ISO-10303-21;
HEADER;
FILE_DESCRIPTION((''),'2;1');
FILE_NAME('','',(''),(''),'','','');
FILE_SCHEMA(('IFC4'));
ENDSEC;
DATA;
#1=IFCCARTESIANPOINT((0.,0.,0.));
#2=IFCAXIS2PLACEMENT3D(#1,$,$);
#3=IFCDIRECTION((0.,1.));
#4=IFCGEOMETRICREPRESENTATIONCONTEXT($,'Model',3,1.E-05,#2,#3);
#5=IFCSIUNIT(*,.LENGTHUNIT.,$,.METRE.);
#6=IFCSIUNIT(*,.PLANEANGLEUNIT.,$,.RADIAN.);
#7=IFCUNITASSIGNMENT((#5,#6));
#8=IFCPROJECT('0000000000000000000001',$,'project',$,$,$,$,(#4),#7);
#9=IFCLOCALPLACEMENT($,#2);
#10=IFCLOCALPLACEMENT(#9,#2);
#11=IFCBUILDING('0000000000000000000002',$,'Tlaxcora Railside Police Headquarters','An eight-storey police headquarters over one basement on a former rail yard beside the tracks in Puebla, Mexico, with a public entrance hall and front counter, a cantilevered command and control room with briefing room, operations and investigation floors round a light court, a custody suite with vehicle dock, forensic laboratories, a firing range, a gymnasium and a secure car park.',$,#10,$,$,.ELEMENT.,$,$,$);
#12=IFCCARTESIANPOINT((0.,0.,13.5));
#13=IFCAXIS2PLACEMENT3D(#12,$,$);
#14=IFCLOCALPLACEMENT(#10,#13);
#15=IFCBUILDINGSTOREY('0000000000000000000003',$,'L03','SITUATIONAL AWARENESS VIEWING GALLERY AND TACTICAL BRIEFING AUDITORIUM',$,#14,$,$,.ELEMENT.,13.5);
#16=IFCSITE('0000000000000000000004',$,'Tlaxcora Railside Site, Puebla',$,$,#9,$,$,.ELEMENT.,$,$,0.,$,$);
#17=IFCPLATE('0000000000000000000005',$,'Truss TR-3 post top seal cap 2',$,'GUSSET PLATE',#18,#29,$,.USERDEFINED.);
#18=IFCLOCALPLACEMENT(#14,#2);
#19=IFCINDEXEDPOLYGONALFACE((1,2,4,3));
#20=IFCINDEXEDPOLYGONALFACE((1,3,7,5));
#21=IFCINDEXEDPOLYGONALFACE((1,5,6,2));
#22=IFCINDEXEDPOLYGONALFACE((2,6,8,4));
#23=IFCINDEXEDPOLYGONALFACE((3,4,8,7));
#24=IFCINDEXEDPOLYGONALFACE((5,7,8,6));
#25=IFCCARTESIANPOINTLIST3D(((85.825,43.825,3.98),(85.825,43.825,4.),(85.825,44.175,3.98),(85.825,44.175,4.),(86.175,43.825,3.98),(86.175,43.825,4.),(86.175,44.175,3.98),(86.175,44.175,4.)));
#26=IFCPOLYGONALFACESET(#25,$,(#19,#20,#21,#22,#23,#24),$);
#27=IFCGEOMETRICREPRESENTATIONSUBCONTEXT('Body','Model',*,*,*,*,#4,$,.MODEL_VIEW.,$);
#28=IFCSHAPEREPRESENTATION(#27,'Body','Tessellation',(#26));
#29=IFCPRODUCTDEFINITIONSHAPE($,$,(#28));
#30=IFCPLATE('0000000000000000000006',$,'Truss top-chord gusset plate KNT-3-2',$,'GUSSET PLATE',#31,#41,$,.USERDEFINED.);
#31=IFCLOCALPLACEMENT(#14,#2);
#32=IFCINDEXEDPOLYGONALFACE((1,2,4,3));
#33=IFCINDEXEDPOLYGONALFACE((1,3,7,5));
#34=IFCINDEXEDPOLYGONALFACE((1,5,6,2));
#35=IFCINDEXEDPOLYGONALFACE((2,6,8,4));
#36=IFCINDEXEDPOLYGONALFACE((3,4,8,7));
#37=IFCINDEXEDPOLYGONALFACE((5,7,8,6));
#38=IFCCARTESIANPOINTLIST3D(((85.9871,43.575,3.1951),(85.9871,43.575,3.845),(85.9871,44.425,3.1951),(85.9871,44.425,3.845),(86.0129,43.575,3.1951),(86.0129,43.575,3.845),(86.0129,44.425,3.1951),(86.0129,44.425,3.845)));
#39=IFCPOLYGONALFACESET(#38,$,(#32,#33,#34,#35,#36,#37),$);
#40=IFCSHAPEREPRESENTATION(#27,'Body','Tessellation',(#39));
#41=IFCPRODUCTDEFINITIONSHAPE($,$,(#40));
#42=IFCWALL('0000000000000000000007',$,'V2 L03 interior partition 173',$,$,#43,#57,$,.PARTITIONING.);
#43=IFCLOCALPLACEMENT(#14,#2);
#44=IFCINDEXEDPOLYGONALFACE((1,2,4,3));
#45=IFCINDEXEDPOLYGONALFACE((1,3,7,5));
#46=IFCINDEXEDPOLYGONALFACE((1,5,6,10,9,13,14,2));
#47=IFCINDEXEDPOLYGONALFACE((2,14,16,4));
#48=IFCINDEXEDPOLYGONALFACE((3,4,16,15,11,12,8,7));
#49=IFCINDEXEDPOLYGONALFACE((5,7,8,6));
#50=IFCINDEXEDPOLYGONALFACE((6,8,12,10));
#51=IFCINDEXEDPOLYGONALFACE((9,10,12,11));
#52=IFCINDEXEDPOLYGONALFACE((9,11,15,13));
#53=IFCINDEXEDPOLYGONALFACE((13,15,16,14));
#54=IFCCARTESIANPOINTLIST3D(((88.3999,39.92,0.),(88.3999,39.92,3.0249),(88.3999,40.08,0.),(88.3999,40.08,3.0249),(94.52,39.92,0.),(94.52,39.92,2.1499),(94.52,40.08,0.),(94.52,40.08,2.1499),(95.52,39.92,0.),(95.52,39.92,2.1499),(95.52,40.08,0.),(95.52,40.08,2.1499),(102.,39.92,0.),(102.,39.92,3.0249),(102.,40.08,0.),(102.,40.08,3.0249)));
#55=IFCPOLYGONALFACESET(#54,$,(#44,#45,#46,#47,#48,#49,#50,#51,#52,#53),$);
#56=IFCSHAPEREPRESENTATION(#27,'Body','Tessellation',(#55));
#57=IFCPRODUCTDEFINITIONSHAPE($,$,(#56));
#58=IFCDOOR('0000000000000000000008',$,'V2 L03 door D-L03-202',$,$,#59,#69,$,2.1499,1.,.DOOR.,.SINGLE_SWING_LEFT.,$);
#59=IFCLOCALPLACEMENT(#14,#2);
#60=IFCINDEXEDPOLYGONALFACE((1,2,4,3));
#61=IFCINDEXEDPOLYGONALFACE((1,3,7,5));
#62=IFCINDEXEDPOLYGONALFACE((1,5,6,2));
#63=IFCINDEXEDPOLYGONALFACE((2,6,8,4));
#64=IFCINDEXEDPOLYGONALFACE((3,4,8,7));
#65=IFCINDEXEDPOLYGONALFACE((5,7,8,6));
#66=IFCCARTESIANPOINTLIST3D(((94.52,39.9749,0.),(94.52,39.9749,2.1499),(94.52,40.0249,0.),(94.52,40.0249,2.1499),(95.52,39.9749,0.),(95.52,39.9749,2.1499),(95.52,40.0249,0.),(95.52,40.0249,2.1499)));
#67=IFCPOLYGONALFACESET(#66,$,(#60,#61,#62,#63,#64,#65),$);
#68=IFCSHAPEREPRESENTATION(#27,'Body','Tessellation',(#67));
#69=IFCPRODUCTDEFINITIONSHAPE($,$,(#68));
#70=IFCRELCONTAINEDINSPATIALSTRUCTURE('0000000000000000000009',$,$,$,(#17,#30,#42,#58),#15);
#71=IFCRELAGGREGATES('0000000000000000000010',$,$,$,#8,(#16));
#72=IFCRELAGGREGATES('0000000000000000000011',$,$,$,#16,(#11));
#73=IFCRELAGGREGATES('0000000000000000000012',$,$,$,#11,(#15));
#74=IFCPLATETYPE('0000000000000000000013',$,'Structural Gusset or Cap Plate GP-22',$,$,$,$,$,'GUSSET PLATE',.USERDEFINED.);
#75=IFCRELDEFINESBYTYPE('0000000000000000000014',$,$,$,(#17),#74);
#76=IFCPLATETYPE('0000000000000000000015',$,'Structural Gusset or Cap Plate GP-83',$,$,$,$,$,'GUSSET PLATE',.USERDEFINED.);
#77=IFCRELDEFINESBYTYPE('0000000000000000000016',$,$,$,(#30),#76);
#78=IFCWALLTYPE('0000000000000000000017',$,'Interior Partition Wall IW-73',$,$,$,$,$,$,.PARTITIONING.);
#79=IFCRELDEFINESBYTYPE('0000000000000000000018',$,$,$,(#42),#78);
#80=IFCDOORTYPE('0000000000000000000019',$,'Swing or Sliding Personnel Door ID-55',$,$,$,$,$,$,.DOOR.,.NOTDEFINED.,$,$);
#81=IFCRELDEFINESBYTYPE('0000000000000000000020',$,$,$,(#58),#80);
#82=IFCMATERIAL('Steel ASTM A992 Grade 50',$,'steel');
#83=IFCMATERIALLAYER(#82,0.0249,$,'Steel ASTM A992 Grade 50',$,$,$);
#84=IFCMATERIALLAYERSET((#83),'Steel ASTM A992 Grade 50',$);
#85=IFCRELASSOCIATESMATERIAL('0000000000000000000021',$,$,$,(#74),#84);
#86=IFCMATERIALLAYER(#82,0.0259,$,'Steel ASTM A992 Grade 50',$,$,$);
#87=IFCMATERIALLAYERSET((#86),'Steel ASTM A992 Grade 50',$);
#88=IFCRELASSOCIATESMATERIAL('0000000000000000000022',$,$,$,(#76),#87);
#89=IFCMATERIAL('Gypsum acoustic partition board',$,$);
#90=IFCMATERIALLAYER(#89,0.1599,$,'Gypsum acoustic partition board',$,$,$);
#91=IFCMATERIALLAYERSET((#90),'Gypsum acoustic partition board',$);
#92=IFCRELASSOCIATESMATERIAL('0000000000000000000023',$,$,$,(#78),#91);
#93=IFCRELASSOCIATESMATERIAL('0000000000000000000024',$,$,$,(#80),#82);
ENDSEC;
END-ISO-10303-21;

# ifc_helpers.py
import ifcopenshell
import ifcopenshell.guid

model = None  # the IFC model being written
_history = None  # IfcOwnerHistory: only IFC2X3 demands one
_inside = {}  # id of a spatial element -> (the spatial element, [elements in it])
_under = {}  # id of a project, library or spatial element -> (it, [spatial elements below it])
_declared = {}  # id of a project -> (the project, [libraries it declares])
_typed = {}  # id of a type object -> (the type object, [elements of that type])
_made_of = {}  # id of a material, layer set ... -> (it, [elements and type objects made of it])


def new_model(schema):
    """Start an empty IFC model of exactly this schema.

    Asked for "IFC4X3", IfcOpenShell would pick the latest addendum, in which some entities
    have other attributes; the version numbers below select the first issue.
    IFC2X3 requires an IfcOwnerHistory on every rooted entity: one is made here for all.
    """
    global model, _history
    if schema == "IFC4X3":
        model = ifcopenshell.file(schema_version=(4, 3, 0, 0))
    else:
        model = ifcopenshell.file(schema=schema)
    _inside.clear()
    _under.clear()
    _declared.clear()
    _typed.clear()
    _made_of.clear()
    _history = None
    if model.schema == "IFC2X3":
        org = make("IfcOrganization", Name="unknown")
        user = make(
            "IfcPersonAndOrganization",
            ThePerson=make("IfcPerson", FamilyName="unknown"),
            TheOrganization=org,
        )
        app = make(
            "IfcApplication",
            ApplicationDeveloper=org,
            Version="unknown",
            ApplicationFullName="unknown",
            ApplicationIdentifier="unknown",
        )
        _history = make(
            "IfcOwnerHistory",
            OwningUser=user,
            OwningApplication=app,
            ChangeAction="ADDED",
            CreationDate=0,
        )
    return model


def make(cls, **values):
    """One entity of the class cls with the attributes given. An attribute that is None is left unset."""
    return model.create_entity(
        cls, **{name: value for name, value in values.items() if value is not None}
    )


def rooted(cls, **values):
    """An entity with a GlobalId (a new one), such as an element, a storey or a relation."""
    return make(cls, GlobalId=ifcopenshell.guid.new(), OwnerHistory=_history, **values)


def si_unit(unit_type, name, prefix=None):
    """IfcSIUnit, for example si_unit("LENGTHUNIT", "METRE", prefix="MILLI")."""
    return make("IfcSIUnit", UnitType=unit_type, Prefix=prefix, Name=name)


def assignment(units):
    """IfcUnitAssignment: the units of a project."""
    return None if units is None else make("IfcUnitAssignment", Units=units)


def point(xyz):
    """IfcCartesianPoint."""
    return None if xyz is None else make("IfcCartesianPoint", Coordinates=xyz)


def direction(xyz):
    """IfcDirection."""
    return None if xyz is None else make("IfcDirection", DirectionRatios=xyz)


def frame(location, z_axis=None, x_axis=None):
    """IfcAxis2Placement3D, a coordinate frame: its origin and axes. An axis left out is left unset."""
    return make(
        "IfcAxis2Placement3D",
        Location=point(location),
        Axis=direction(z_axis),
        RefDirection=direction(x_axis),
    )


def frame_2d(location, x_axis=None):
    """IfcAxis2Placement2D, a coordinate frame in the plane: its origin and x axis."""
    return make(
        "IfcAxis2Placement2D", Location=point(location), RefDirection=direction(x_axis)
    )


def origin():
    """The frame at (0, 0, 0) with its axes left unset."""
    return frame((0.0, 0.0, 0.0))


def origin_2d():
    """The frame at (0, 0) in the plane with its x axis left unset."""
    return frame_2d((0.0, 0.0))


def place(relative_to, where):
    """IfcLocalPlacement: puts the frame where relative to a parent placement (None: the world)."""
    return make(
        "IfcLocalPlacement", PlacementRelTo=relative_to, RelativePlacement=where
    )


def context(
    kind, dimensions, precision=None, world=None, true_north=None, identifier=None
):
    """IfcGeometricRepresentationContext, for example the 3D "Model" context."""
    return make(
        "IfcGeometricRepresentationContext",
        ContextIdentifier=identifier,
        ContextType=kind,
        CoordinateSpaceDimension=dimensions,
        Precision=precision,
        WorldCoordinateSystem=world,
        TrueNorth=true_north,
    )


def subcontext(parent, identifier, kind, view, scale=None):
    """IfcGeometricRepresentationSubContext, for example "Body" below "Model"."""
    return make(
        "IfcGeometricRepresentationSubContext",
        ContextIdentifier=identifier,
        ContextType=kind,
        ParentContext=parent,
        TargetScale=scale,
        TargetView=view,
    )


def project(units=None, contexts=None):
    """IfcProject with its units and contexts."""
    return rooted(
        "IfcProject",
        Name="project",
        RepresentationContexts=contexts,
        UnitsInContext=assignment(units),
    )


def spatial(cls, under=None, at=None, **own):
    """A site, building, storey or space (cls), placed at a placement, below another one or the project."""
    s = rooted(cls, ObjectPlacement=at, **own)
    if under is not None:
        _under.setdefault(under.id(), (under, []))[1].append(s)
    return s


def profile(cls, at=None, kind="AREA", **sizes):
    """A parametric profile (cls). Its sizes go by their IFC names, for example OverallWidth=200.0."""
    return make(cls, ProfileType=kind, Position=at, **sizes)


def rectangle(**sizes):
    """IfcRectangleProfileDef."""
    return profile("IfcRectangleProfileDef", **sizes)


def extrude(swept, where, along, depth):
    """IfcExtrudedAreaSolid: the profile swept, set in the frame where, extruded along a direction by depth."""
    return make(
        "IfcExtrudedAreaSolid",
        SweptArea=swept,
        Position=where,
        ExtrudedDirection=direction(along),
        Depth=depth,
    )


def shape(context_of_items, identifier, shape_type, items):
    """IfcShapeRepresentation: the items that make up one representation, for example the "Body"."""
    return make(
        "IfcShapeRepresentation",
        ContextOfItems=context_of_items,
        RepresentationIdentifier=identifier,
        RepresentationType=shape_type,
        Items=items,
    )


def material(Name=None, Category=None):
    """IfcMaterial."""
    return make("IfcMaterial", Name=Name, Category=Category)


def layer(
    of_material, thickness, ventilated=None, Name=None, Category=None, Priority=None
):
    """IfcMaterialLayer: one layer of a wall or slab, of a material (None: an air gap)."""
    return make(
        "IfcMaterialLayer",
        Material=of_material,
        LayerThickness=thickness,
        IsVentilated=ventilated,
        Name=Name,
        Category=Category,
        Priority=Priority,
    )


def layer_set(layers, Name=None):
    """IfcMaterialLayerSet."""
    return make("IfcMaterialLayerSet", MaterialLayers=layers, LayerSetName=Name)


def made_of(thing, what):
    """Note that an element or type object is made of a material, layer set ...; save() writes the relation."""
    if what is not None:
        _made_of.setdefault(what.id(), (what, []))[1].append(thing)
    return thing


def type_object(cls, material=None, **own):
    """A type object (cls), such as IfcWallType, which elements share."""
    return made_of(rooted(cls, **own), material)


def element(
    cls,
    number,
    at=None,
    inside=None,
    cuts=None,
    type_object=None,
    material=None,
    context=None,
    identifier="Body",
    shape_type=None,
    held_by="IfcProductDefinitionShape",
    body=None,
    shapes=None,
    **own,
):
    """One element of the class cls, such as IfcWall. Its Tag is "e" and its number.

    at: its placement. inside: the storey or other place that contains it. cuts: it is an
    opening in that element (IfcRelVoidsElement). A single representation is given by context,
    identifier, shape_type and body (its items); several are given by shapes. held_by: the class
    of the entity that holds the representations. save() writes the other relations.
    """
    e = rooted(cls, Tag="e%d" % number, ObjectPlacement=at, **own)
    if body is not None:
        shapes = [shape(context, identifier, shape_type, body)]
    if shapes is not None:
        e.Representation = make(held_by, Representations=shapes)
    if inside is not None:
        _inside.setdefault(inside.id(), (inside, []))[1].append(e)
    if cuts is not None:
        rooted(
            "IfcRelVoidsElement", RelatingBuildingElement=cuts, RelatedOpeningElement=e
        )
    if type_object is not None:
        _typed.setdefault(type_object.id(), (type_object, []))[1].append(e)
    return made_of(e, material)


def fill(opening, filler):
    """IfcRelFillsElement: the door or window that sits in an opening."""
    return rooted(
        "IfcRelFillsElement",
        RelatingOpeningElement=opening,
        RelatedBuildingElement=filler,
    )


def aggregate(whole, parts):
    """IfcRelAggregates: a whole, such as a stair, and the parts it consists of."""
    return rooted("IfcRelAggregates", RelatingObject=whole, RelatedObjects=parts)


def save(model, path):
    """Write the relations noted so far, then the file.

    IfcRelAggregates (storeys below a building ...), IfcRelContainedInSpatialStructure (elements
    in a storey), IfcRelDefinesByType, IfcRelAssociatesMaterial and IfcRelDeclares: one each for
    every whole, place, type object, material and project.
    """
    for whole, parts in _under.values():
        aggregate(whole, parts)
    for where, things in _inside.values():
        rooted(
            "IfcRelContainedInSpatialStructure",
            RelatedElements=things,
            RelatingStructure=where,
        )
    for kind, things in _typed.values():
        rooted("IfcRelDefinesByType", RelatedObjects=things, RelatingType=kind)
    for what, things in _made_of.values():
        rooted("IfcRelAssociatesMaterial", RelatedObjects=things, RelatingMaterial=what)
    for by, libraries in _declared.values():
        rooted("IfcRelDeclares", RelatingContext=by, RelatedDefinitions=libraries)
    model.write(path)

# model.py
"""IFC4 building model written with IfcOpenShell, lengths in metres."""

from ifc_helpers import new_model, si_unit, direction, frame, frame_2d, origin, origin_2d, place, context, subcontext, project, spatial, rectangle, extrude, material, layer, layer_set, type_object, element, fill, save


model = new_model("IFC4")

# Units and contexts
model_context = context("Model", 3, precision=1e-05, world=origin(), true_north=direction((0.0, 1.0)))
body_context = subcontext(model_context, "Body", "Model", "MODEL_VIEW")
ifc_project = project(units=[si_unit("LENGTHUNIT", "METRE"), si_unit("PLANEANGLEUNIT", "RADIAN")], contexts=[model_context])

# Site, building, storey
site_placement = place(None, origin())
site = spatial("IfcSite", under=ifc_project, at=site_placement, Name="Tlaxcora Railside Site, Puebla", CompositionType="ELEMENT", RefElevation=0.0)
building_placement = place(site_placement, origin())
building = spatial("IfcBuilding", under=site, at=building_placement, Name="Tlaxcora Railside Police Headquarters", Description="An eight-storey police headquarters over one basement on a former rail yard beside the tracks in Puebla, Mexico, with a public entrance hall and front counter, a cantilevered command and control room with briefing room, operations and investigation floors round a light court, a custody suite with vehicle dock, forensic laboratories, a firing range, a gymnasium and a secure car park.", CompositionType="ELEMENT")
storey_placement = place(building_placement, frame((0.0, 0.0, 13.5)))
storey = spatial("IfcBuildingStorey", under=building, at=storey_placement, Name="L03", Description="SITUATIONAL AWARENESS VIEWING GALLERY AND TACTICAL BRIEFING AUDITORIUM", CompositionType="ELEMENT", Elevation=13.5)

# Shared definitions
ifc_material_1 = material(Name="Steel ASTM A992 Grade 50", Category="steel")

# Plates
ifc_layer_1 = layer(ifc_material_1, 0.0249, Name="Steel ASTM A992 Grade 50")
ifc_layer_set_1 = layer_set([ifc_layer_1], Name="Steel ASTM A992 Grade 50")
plate_type_1 = type_object("IfcPlateType", Name="Structural Gusset or Cap Plate GP-22", ElementType="GUSSET PLATE", PredefinedType="USERDEFINED", material=ifc_layer_set_1)
plate_1_placement = place(storey_placement, frame((86.0, 44.0, 3.98), z_axis=(0.0, 0.0, 1.0), x_axis=(1.0, 0.0, 0.0)))
element("IfcPlate", 1, at=plate_1_placement, inside=storey, type_object=plate_type_1, Name="Truss TR-3 post top seal cap 2", ObjectType="GUSSET PLATE", PredefinedType="USERDEFINED", context=body_context, shape_type="SweptSolid", body=[
    extrude(rectangle(XDim=0.3501, YDim=0.3501, at=origin_2d()), origin(), (0.0, 0.0, 1.0), 0.02),
])
ifc_layer_2 = layer(ifc_material_1, 0.0259, Name="Steel ASTM A992 Grade 50")
ifc_layer_set_2 = layer_set([ifc_layer_2], Name="Steel ASTM A992 Grade 50")
plate_type_2 = type_object("IfcPlateType", Name="Structural Gusset or Cap Plate GP-83", ElementType="GUSSET PLATE", PredefinedType="USERDEFINED", material=ifc_layer_set_2)
plate_2_placement = place(storey_placement, frame((86.0, 44.0, 3.1951), z_axis=(0.0, 0.0, 1.0), x_axis=(0.0, 1.0, 0.0)))
element("IfcPlate", 2, at=plate_2_placement, inside=storey, type_object=plate_type_2, Name="Truss top-chord gusset plate KNT-3-2", ObjectType="GUSSET PLATE", PredefinedType="USERDEFINED", context=body_context, shape_type="SweptSolid", body=[
    extrude(rectangle(XDim=0.8501, YDim=0.0259, at=origin_2d()), origin(), (0.0, 0.0, 1.0), 0.6499),
])

# Wall, opening, door
ifc_material_2 = material(Name="Gypsum acoustic partition board")
ifc_layer_3 = layer(ifc_material_2, 0.1599, Name="Gypsum acoustic partition board")
ifc_layer_set_3 = layer_set([ifc_layer_3], Name="Gypsum acoustic partition board")
wall_type = type_object("IfcWallType", Name="Interior Partition Wall IW-73", PredefinedType="PARTITIONING", material=ifc_layer_set_3)
wall_placement = place(storey_placement, frame((88.3999, 40.0, 0.0), z_axis=(0.0, 0.0, 1.0), x_axis=(1.0, 0.0, 0.0)))
wall = element("IfcWall", 3, at=wall_placement, inside=storey, type_object=wall_type, Name="V2 L03 interior partition 173", PredefinedType="PARTITIONING", context=body_context, shape_type="SweptSolid", body=[
    extrude(rectangle(XDim=13.6001, YDim=0.1599, at=frame_2d((6.8, 0.0))), origin(), (0.0, 0.0, 1.0), 3.0249),
])
opening_placement = place(wall_placement, frame((6.1201, 0.0, 0.0)))
opening = element("IfcOpeningElement", 4, at=opening_placement, cuts=wall, PredefinedType="OPENING", context=body_context, shape_type="SweptSolid", body=[
    extrude(rectangle(XDim=1.0, YDim=2.1499, at=frame_2d((0.5, 1.075))), frame((0.0, 0.0898, 0.0), z_axis=(0.0, -1.0, 0.0), x_axis=(1.0, 0.0, 0.0)), (0.0, 0.0, 1.0), 0.1799),
])
door_type = type_object("IfcDoorType", Name="Swing or Sliding Personnel Door ID-55", OperationType="NOTDEFINED", PredefinedType="DOOR", material=ifc_material_1)
door_placement = place(opening_placement, origin())
door = element("IfcDoor", 5, at=door_placement, inside=storey, type_object=door_type, Name="V2 L03 door D-L03-202", OperationType="SINGLE_SWING_LEFT", OverallHeight=2.1499, OverallWidth=1.0, PredefinedType="DOOR", context=body_context, shape_type="SweptSolid", body=[
    extrude(rectangle(XDim=1.0, YDim=2.1499, at=frame_2d((0.5, 1.075))), frame((0.0, 0.0249, 0.0), z_axis=(0.0, -1.0, 0.0), x_axis=(1.0, 0.0, 0.0)), (0.0, 0.0, 1.0), 0.05),
])
fill(opening, door)

save(model, "model.ifc")
